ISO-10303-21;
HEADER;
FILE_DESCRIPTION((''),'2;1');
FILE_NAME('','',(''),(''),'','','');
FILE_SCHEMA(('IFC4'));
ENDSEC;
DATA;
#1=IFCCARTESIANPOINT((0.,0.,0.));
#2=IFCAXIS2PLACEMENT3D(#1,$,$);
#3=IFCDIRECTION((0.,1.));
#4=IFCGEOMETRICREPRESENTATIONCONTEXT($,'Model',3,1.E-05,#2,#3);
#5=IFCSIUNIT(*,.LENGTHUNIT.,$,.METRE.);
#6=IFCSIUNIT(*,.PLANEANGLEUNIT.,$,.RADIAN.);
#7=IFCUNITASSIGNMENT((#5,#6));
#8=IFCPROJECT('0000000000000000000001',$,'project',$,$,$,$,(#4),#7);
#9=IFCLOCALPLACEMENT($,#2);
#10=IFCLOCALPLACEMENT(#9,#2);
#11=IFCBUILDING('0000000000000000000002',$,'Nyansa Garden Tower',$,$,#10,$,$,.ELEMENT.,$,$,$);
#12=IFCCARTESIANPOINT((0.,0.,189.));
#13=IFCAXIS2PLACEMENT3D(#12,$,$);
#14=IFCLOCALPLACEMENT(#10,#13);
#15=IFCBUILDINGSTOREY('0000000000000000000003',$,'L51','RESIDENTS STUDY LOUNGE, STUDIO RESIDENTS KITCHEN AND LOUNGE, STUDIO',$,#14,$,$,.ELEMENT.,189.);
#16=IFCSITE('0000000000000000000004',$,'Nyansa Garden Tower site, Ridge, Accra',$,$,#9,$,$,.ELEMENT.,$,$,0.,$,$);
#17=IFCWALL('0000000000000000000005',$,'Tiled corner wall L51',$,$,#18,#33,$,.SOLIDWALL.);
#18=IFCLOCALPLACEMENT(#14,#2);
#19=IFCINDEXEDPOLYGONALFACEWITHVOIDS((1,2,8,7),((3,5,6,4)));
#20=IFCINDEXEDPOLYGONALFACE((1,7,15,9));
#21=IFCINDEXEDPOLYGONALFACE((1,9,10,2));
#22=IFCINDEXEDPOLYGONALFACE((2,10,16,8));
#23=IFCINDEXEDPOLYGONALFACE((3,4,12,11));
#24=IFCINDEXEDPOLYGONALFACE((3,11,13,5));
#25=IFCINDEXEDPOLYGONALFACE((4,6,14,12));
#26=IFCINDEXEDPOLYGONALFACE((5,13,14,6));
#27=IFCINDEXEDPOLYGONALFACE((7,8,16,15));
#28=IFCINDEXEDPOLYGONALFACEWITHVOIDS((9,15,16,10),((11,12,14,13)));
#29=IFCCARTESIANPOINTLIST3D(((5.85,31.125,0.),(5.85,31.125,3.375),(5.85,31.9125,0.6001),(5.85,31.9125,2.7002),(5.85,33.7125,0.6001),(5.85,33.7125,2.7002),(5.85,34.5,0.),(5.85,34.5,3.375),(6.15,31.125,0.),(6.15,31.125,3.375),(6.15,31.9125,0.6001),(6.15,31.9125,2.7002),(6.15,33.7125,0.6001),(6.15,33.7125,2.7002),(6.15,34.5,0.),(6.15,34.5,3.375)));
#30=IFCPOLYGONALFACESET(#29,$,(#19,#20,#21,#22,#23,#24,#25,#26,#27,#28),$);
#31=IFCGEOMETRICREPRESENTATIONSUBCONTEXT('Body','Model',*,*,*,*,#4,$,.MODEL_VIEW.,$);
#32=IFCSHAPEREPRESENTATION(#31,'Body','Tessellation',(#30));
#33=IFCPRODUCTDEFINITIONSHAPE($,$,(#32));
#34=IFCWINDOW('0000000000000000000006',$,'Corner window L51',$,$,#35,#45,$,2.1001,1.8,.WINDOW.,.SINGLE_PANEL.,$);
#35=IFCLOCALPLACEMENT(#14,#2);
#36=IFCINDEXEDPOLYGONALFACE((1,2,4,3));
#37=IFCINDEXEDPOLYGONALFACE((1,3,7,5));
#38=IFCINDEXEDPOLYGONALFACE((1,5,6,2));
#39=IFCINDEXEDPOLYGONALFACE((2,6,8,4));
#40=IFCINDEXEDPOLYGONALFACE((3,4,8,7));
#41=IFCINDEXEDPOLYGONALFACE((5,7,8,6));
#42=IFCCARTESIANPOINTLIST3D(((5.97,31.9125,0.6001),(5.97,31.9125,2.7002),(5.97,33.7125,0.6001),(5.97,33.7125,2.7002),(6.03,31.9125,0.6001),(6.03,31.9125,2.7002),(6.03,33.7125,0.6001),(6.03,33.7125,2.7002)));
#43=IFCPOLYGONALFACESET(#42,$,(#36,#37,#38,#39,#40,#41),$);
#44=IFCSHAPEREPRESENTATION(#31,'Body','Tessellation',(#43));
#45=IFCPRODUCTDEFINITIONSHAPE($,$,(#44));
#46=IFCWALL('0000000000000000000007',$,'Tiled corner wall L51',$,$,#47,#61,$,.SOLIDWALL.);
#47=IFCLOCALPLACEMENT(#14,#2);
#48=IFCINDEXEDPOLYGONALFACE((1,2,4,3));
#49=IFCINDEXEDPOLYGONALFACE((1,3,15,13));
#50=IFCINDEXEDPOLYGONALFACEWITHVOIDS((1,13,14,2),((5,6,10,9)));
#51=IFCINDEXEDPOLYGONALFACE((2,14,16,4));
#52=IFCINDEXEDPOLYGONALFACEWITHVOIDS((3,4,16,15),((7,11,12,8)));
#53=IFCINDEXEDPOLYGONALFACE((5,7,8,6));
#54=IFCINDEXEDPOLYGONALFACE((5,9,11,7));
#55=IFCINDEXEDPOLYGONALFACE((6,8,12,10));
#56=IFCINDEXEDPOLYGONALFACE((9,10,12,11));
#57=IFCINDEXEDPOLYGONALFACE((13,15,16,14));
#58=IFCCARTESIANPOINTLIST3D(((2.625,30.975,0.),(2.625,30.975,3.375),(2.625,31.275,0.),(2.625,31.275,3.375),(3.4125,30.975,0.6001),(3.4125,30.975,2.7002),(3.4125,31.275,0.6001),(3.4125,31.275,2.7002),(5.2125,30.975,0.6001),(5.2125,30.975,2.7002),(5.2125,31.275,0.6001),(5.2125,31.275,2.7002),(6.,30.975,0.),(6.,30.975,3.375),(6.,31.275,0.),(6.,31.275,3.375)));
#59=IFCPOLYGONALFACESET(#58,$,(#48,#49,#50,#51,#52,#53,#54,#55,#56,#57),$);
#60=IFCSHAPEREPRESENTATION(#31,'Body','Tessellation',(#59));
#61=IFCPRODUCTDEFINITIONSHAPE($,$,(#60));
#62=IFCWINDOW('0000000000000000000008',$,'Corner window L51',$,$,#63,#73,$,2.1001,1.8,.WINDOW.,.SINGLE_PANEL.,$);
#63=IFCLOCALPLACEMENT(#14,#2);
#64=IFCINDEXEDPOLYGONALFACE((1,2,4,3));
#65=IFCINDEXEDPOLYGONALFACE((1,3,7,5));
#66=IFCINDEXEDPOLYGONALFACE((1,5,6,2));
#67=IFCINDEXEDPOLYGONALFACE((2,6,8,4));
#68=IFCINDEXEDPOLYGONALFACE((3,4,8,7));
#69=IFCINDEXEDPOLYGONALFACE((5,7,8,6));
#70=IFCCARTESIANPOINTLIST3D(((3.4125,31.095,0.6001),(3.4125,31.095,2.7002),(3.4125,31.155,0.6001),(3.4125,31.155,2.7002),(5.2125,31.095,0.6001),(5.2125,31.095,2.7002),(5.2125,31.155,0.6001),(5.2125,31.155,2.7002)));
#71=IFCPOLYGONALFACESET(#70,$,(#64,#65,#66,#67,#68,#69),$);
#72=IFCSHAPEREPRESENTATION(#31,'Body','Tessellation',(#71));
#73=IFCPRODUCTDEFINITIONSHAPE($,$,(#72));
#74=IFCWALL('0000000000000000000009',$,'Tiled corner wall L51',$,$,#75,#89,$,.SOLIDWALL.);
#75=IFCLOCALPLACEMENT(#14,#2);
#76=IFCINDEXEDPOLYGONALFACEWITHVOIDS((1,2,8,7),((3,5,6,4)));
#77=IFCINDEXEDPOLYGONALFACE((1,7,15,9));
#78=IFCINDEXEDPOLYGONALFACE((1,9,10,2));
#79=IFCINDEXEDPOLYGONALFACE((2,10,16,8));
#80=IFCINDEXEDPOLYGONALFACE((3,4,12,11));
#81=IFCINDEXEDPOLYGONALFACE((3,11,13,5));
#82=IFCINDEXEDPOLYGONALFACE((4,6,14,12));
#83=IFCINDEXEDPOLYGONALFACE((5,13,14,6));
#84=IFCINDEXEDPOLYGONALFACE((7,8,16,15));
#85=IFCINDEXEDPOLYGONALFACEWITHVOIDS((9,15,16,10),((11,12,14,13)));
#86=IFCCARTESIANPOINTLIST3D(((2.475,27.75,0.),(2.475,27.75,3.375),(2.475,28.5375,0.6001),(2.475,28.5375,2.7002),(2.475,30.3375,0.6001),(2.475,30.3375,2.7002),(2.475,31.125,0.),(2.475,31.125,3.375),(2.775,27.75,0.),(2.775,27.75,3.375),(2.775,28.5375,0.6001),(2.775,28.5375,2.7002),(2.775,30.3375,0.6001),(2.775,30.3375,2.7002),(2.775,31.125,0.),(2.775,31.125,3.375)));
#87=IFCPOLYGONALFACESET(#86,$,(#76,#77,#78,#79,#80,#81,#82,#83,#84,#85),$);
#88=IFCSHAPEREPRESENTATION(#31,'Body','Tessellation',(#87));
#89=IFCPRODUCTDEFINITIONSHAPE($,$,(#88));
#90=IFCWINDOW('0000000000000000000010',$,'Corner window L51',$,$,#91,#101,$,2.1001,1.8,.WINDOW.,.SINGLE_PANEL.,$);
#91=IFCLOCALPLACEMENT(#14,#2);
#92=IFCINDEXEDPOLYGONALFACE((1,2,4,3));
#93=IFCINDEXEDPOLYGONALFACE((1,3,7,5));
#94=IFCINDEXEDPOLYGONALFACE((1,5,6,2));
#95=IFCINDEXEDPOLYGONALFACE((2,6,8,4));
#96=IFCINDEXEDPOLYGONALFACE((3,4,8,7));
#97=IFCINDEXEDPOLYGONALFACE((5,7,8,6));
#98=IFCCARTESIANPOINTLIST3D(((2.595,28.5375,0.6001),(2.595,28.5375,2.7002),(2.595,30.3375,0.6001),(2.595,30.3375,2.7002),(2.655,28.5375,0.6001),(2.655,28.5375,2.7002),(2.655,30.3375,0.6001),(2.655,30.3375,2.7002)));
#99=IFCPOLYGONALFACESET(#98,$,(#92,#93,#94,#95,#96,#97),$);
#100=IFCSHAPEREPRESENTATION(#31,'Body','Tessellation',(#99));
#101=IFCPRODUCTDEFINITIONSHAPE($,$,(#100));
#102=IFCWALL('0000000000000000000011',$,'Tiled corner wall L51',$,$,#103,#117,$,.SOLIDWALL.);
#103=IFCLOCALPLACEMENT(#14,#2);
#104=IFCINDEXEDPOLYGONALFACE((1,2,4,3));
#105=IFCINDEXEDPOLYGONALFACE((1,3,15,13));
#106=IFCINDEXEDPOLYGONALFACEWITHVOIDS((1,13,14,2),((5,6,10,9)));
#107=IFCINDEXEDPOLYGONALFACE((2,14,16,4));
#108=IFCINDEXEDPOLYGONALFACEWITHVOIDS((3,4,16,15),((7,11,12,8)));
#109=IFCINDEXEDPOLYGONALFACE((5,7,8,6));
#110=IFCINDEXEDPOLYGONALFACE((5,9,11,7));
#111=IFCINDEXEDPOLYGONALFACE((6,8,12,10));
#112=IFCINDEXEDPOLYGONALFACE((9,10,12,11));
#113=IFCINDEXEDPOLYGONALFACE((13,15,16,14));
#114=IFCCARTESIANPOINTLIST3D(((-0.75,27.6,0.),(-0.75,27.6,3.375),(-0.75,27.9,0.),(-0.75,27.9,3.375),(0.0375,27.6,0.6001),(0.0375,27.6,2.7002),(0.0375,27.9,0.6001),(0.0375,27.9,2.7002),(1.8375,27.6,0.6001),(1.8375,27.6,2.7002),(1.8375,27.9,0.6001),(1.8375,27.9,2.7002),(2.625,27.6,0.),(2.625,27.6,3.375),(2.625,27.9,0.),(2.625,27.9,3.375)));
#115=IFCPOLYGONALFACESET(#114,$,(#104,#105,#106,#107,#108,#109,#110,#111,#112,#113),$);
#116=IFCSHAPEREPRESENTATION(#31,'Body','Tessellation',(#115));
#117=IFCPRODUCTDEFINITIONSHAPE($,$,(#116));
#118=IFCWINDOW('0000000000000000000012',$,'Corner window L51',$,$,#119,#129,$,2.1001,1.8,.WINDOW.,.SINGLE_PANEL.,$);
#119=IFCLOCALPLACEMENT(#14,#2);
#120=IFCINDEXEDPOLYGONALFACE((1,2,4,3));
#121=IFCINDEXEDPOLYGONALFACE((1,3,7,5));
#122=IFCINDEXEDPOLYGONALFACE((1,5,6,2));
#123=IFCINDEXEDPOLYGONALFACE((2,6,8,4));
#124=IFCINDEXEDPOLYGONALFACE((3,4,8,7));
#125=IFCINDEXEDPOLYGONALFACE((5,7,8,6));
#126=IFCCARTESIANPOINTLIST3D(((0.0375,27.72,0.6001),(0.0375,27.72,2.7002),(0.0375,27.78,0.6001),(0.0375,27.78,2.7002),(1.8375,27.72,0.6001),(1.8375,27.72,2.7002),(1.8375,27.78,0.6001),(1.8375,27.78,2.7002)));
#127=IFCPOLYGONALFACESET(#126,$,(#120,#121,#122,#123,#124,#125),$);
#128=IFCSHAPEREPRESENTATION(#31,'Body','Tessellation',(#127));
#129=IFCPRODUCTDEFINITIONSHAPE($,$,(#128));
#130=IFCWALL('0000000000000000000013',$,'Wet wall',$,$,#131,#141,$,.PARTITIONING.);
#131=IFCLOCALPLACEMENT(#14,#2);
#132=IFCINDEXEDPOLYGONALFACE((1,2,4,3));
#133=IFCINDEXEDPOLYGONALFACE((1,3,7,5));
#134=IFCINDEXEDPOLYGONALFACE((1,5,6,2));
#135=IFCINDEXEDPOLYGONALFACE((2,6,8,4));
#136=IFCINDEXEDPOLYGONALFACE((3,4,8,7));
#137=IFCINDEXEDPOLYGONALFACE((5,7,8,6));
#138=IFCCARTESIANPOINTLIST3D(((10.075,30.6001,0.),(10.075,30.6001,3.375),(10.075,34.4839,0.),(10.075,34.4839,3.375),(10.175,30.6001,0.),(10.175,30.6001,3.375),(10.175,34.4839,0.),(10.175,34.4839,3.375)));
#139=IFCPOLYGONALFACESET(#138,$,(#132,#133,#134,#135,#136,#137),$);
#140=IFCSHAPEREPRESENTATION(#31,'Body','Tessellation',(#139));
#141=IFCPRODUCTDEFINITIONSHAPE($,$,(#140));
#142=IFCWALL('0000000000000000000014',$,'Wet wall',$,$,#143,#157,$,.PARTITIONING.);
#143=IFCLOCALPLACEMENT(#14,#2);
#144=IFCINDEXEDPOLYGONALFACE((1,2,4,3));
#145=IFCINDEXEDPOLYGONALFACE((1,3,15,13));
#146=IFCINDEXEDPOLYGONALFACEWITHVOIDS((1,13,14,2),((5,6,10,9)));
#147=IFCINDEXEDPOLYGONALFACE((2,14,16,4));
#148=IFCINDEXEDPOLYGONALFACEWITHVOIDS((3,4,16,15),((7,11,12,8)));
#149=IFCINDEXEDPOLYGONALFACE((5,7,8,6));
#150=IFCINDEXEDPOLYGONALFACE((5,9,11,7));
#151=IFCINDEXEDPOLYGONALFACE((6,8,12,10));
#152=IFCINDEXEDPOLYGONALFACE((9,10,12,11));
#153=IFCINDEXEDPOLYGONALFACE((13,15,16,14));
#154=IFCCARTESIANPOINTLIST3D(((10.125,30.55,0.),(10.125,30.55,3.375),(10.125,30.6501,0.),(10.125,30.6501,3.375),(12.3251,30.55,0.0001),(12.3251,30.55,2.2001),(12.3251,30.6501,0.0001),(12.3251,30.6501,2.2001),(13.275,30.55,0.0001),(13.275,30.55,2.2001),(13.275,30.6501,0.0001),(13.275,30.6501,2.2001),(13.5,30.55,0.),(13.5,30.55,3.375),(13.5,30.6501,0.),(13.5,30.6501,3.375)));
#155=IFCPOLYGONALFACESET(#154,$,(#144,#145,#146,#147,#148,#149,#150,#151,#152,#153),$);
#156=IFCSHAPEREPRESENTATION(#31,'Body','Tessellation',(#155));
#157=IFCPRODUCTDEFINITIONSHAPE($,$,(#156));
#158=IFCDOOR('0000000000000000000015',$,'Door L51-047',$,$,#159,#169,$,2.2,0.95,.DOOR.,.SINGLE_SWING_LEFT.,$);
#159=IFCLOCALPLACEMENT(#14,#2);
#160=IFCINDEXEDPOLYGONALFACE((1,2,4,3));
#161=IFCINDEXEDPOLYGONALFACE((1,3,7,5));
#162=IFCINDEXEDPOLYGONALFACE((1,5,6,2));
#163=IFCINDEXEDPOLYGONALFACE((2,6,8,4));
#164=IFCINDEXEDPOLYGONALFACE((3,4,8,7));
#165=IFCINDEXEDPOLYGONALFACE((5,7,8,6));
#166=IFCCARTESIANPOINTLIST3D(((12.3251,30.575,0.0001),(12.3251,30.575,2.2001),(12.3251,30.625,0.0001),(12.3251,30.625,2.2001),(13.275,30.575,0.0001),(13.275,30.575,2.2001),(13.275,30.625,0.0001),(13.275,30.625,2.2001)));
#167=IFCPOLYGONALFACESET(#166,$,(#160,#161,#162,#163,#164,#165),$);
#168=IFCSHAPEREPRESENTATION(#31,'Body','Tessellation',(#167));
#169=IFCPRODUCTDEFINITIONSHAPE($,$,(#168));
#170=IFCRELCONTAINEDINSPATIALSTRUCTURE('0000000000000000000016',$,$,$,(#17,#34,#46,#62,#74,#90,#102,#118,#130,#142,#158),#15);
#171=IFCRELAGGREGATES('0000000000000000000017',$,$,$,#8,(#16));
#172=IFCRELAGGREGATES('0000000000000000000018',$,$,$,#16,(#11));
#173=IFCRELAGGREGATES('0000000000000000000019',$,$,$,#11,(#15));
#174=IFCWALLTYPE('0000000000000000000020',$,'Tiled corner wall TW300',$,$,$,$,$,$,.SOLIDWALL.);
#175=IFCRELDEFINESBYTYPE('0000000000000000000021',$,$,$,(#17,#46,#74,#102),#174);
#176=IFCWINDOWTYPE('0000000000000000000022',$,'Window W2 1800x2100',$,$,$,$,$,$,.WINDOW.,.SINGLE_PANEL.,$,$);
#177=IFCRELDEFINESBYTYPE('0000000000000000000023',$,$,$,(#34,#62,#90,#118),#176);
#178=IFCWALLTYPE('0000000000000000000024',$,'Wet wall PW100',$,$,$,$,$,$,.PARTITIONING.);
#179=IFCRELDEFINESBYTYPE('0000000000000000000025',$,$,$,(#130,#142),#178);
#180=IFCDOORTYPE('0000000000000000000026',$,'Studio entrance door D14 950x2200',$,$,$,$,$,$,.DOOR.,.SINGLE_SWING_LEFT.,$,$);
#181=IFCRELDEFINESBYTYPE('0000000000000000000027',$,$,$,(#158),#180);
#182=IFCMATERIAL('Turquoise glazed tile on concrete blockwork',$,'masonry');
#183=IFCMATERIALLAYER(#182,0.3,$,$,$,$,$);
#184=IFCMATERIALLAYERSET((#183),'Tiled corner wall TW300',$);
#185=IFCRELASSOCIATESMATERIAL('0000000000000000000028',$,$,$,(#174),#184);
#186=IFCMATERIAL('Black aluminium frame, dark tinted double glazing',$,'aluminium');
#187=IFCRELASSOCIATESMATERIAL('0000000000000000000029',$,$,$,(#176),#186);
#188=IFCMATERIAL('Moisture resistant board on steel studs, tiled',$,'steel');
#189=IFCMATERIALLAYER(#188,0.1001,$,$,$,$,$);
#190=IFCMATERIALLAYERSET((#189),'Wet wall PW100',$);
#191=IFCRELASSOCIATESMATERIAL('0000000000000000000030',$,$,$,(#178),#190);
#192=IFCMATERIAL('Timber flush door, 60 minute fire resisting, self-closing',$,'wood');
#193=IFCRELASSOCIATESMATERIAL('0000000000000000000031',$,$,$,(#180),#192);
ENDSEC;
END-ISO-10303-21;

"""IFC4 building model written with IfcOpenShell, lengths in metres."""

from ifc_helpers import new_model, si_unit, direction, frame, frame_2d, origin, place, context, subcontext, project, spatial, rectangle, extrude, material, layer, layer_set, type_object, element, fill, save


model = new_model("IFC4")

# Units and contexts
model_context = context("Model", 3, precision=1e-05, world=origin(), true_north=direction((0.0, 1.0)))
body_context = subcontext(model_context, "Body", "Model", "MODEL_VIEW")
ifc_project = project(units=[si_unit("LENGTHUNIT", "METRE"), si_unit("PLANEANGLEUNIT", "RADIAN")], contexts=[model_context])

# Site, building, storey
site_placement = place(None, origin())
site = spatial("IfcSite", under=ifc_project, at=site_placement, Name="Nyansa Garden Tower site, Ridge, Accra", CompositionType="ELEMENT", RefElevation=0.0)
building_placement = place(site_placement, origin())
building = spatial("IfcBuilding", under=site, at=building_placement, Name="Nyansa Garden Tower", CompositionType="ELEMENT")
storey_placement = place(building_placement, frame((0.0, 0.0, 189.0)))
storey = spatial("IfcBuildingStorey", under=building, at=storey_placement, Name="L51", Description="RESIDENTS STUDY LOUNGE, STUDIO RESIDENTS KITCHEN AND LOUNGE, STUDIO", CompositionType="ELEMENT", Elevation=189.0)

# Walls, openings, windows
ifc_material_1 = material(Name="Turquoise glazed tile on concrete blockwork", Category="masonry")
ifc_layer_1 = layer(ifc_material_1, 0.3)
ifc_layer_set_1 = layer_set([ifc_layer_1], Name="Tiled corner wall TW300")
wall_type_1 = type_object("IfcWallType", Name="Tiled corner wall TW300", PredefinedType="SOLIDWALL", material=ifc_layer_set_1)
wall_1_placement = place(storey_placement, frame((6.0, 34.5, 0.0), z_axis=(0.0, 0.0, 1.0), x_axis=(0.0, -1.0, 0.0)))
wall_1 = element("IfcWall", 1, at=wall_1_placement, inside=storey, type_object=wall_type_1, Name="Tiled corner wall L51", PredefinedType="SOLIDWALL", context=body_context, shape_type="SweptSolid", body=[
    extrude(rectangle(XDim=3.375, YDim=0.3, at=frame_2d((1.6875, 0.0))), origin(), (0.0, 0.0, 1.0), 3.375),
])
opening_1_placement = place(wall_1_placement, frame((0.7876, 0.0, 0.6001)))
opening_1 = element("IfcOpeningElement", 2, at=opening_1_placement, cuts=wall_1, PredefinedType="OPENING", context=body_context, shape_type="SweptSolid", body=[
    extrude(rectangle(XDim=1.8, YDim=2.1001, at=frame_2d((0.8999, 1.05))), frame((0.0, 0.1599, 0.0), z_axis=(0.0, -1.0, 0.0), x_axis=(1.0, 0.0, 0.0)), (0.0, 0.0, 1.0), 0.3201),
])
ifc_material_2 = material(Name="Black aluminium frame, dark tinted double glazing", Category="aluminium")
window_type = type_object("IfcWindowType", Name="Window W2 1800x2100", PartitioningType="SINGLE_PANEL", PredefinedType="WINDOW", material=ifc_material_2)
window_1_placement = place(opening_1_placement, origin())
window_1 = element("IfcWindow", 3, at=window_1_placement, inside=storey, type_object=window_type, Name="Corner window L51", OverallHeight=2.1001, OverallWidth=1.8, PartitioningType="SINGLE_PANEL", PredefinedType="WINDOW", context=body_context, shape_type="SweptSolid", body=[
    extrude(rectangle(XDim=1.8, YDim=2.1001, at=frame_2d((0.8999, 1.05))), frame((0.0, 0.03, 0.0), z_axis=(0.0, -1.0, 0.0), x_axis=(1.0, 0.0, 0.0)), (0.0, 0.0, 1.0), 0.0601),
])
fill(opening_1, window_1)
wall_2_placement = place(storey_placement, frame((6.0, 31.125, 0.0), z_axis=(0.0, 0.0, 1.0), x_axis=(-1.0, 0.0, 0.0)))
wall_2 = element("IfcWall", 4, at=wall_2_placement, inside=storey, type_object=wall_type_1, Name="Tiled corner wall L51", PredefinedType="SOLIDWALL", context=body_context, shape_type="SweptSolid", body=[
    extrude(rectangle(XDim=3.375, YDim=0.3, at=frame_2d((1.6875, 0.0))), origin(), (0.0, 0.0, 1.0), 3.375),
])
opening_2_placement = place(wall_2_placement, frame((0.7876, 0.0, 0.6001)))
opening_2 = element("IfcOpeningElement", 5, at=opening_2_placement, cuts=wall_2, PredefinedType="OPENING", context=body_context, shape_type="SweptSolid", body=[
    extrude(rectangle(XDim=1.8, YDim=2.1001, at=frame_2d((0.8999, 1.05))), frame((0.0, 0.1599, 0.0), z_axis=(0.0, -1.0, 0.0), x_axis=(1.0, 0.0, 0.0)), (0.0, 0.0, 1.0), 0.3201),
])
window_2_placement = place(opening_2_placement, origin())
window_2 = element("IfcWindow", 6, at=window_2_placement, inside=storey, type_object=window_type, Name="Corner window L51", OverallHeight=2.1001, OverallWidth=1.8, PartitioningType="SINGLE_PANEL", PredefinedType="WINDOW", context=body_context, shape_type="SweptSolid", body=[
    extrude(rectangle(XDim=1.8, YDim=2.1001, at=frame_2d((0.8999, 1.05))), frame((0.0, 0.03, 0.0), z_axis=(0.0, -1.0, 0.0), x_axis=(1.0, 0.0, 0.0)), (0.0, 0.0, 1.0), 0.0601),
])
fill(opening_2, window_2)
wall_3_placement = place(storey_placement, frame((2.625, 31.125, 0.0), z_axis=(0.0, 0.0, 1.0), x_axis=(0.0, -1.0, 0.0)))
wall_3 = element("IfcWall", 7, at=wall_3_placement, inside=storey, type_object=wall_type_1, Name="Tiled corner wall L51", PredefinedType="SOLIDWALL", context=body_context, shape_type="SweptSolid", body=[
    extrude(rectangle(XDim=3.375, YDim=0.3, at=frame_2d((1.6875, 0.0))), origin(), (0.0, 0.0, 1.0), 3.375),
])
opening_3_placement = place(wall_3_placement, frame((0.7876, 0.0, 0.6001)))
opening_3 = element("IfcOpeningElement", 8, at=opening_3_placement, cuts=wall_3, PredefinedType="OPENING", context=body_context, shape_type="SweptSolid", body=[
    extrude(rectangle(XDim=1.8, YDim=2.1001, at=frame_2d((0.8999, 1.05))), frame((0.0, 0.1599, 0.0), z_axis=(0.0, -1.0, 0.0), x_axis=(1.0, 0.0, 0.0)), (0.0, 0.0, 1.0), 0.3201),
])
window_3_placement = place(opening_3_placement, origin())
window_3 = element("IfcWindow", 9, at=window_3_placement, inside=storey, type_object=window_type, Name="Corner window L51", OverallHeight=2.1001, OverallWidth=1.8, PartitioningType="SINGLE_PANEL", PredefinedType="WINDOW", context=body_context, shape_type="SweptSolid", body=[
    extrude(rectangle(XDim=1.8, YDim=2.1001, at=frame_2d((0.8999, 1.05))), frame((0.0, 0.03, 0.0), z_axis=(0.0, -1.0, 0.0), x_axis=(1.0, 0.0, 0.0)), (0.0, 0.0, 1.0), 0.0601),
])
fill(opening_3, window_3)
wall_4_placement = place(storey_placement, frame((2.625, 27.75, 0.0), z_axis=(0.0, 0.0, 1.0), x_axis=(-1.0, 0.0, 0.0)))
wall_4 = element("IfcWall", 10, at=wall_4_placement, inside=storey, type_object=wall_type_1, Name="Tiled corner wall L51", PredefinedType="SOLIDWALL", context=body_context, shape_type="SweptSolid", body=[
    extrude(rectangle(XDim=3.375, YDim=0.3, at=frame_2d((1.6875, 0.0))), origin(), (0.0, 0.0, 1.0), 3.375),
])
opening_4_placement = place(wall_4_placement, frame((0.7876, 0.0, 0.6001)))
opening_4 = element("IfcOpeningElement", 11, at=opening_4_placement, cuts=wall_4, PredefinedType="OPENING", context=body_context, shape_type="SweptSolid", body=[
    extrude(rectangle(XDim=1.8, YDim=2.1001, at=frame_2d((0.8999, 1.05))), frame((0.0, 0.1599, 0.0), z_axis=(0.0, -1.0, 0.0), x_axis=(1.0, 0.0, 0.0)), (0.0, 0.0, 1.0), 0.3201),
])
window_4_placement = place(opening_4_placement, origin())
window_4 = element("IfcWindow", 12, at=window_4_placement, inside=storey, type_object=window_type, Name="Corner window L51", OverallHeight=2.1001, OverallWidth=1.8, PartitioningType="SINGLE_PANEL", PredefinedType="WINDOW", context=body_context, shape_type="SweptSolid", body=[
    extrude(rectangle(XDim=1.8, YDim=2.1001, at=frame_2d((0.8999, 1.05))), frame((0.0, 0.03, 0.0), z_axis=(0.0, -1.0, 0.0), x_axis=(1.0, 0.0, 0.0)), (0.0, 0.0, 1.0), 0.0601),
])
fill(opening_4, window_4)

# Wall
ifc_material_3 = material(Name="Moisture resistant board on steel studs, tiled", Category="steel")
ifc_layer_2 = layer(ifc_material_3, 0.1001)
ifc_layer_set_2 = layer_set([ifc_layer_2], Name="Wet wall PW100")
wall_type_2 = type_object("IfcWallType", Name="Wet wall PW100", PredefinedType="PARTITIONING", material=ifc_layer_set_2)
wall_5_placement = place(storey_placement, frame((10.125, 30.6001, 0.0), z_axis=(0.0, 0.0, 1.0), x_axis=(0.0, 1.0, 0.0)))
element("IfcWall", 13, at=wall_5_placement, inside=storey, type_object=wall_type_2, Name="Wet wall", PredefinedType="PARTITIONING", context=body_context, shape_type="SweptSolid", body=[
    extrude(rectangle(XDim=3.8838, YDim=0.1001, at=frame_2d((1.9419, 0.0))), origin(), (0.0, 0.0, 1.0), 3.375),
])

# Wall, opening, door
wall_6_placement = place(storey_placement, frame((10.125, 30.6001, 0.0), z_axis=(0.0, 0.0, 1.0), x_axis=(1.0, 0.0, 0.0)))
wall_6 = element("IfcWall", 14, at=wall_6_placement, inside=storey, type_object=wall_type_2, Name="Wet wall", PredefinedType="PARTITIONING", context=body_context, shape_type="SweptSolid", body=[
    extrude(rectangle(XDim=3.375, YDim=0.1001, at=frame_2d((1.6875, 0.0))), origin(), (0.0, 0.0, 1.0), 3.375),
])
opening_5_placement = place(wall_6_placement, frame((2.2, 0.0, 0.0)))
opening_5 = element("IfcOpeningElement", 15, at=opening_5_placement, cuts=wall_6, PredefinedType="OPENING", context=body_context, shape_type="SweptSolid", body=[
    extrude(rectangle(XDim=0.95, YDim=2.2, at=frame_2d((0.4751, 1.1001))), frame((0.0, 0.0601, 0.0), z_axis=(0.0, -1.0, 0.0), x_axis=(1.0, 0.0, 0.0)), (0.0, 0.0, 1.0), 0.1201),
])
ifc_material_4 = material(Name="Timber flush door, 60 minute fire resisting, self-closing", Category="wood")
door_type = type_object("IfcDoorType", Name="Studio entrance door D14 950x2200", OperationType="SINGLE_SWING_LEFT", PredefinedType="DOOR", material=ifc_material_4)
door_placement = place(opening_5_placement, origin())
door = element("IfcDoor", 16, at=door_placement, inside=storey, type_object=door_type, Name="Door L51-047", OperationType="SINGLE_SWING_LEFT", OverallHeight=2.2, OverallWidth=0.95, PredefinedType="DOOR", context=body_context, shape_type="SweptSolid", body=[
    extrude(rectangle(XDim=0.95, YDim=2.2, at=frame_2d((0.4751, 1.1001))), frame((0.0, 0.0249, 0.0), z_axis=(0.0, -1.0, 0.0), x_axis=(1.0, 0.0, 0.0)), (0.0, 0.0, 1.0), 0.05),
])
fill(opening_5, door)

save(model, "model.ifc")
